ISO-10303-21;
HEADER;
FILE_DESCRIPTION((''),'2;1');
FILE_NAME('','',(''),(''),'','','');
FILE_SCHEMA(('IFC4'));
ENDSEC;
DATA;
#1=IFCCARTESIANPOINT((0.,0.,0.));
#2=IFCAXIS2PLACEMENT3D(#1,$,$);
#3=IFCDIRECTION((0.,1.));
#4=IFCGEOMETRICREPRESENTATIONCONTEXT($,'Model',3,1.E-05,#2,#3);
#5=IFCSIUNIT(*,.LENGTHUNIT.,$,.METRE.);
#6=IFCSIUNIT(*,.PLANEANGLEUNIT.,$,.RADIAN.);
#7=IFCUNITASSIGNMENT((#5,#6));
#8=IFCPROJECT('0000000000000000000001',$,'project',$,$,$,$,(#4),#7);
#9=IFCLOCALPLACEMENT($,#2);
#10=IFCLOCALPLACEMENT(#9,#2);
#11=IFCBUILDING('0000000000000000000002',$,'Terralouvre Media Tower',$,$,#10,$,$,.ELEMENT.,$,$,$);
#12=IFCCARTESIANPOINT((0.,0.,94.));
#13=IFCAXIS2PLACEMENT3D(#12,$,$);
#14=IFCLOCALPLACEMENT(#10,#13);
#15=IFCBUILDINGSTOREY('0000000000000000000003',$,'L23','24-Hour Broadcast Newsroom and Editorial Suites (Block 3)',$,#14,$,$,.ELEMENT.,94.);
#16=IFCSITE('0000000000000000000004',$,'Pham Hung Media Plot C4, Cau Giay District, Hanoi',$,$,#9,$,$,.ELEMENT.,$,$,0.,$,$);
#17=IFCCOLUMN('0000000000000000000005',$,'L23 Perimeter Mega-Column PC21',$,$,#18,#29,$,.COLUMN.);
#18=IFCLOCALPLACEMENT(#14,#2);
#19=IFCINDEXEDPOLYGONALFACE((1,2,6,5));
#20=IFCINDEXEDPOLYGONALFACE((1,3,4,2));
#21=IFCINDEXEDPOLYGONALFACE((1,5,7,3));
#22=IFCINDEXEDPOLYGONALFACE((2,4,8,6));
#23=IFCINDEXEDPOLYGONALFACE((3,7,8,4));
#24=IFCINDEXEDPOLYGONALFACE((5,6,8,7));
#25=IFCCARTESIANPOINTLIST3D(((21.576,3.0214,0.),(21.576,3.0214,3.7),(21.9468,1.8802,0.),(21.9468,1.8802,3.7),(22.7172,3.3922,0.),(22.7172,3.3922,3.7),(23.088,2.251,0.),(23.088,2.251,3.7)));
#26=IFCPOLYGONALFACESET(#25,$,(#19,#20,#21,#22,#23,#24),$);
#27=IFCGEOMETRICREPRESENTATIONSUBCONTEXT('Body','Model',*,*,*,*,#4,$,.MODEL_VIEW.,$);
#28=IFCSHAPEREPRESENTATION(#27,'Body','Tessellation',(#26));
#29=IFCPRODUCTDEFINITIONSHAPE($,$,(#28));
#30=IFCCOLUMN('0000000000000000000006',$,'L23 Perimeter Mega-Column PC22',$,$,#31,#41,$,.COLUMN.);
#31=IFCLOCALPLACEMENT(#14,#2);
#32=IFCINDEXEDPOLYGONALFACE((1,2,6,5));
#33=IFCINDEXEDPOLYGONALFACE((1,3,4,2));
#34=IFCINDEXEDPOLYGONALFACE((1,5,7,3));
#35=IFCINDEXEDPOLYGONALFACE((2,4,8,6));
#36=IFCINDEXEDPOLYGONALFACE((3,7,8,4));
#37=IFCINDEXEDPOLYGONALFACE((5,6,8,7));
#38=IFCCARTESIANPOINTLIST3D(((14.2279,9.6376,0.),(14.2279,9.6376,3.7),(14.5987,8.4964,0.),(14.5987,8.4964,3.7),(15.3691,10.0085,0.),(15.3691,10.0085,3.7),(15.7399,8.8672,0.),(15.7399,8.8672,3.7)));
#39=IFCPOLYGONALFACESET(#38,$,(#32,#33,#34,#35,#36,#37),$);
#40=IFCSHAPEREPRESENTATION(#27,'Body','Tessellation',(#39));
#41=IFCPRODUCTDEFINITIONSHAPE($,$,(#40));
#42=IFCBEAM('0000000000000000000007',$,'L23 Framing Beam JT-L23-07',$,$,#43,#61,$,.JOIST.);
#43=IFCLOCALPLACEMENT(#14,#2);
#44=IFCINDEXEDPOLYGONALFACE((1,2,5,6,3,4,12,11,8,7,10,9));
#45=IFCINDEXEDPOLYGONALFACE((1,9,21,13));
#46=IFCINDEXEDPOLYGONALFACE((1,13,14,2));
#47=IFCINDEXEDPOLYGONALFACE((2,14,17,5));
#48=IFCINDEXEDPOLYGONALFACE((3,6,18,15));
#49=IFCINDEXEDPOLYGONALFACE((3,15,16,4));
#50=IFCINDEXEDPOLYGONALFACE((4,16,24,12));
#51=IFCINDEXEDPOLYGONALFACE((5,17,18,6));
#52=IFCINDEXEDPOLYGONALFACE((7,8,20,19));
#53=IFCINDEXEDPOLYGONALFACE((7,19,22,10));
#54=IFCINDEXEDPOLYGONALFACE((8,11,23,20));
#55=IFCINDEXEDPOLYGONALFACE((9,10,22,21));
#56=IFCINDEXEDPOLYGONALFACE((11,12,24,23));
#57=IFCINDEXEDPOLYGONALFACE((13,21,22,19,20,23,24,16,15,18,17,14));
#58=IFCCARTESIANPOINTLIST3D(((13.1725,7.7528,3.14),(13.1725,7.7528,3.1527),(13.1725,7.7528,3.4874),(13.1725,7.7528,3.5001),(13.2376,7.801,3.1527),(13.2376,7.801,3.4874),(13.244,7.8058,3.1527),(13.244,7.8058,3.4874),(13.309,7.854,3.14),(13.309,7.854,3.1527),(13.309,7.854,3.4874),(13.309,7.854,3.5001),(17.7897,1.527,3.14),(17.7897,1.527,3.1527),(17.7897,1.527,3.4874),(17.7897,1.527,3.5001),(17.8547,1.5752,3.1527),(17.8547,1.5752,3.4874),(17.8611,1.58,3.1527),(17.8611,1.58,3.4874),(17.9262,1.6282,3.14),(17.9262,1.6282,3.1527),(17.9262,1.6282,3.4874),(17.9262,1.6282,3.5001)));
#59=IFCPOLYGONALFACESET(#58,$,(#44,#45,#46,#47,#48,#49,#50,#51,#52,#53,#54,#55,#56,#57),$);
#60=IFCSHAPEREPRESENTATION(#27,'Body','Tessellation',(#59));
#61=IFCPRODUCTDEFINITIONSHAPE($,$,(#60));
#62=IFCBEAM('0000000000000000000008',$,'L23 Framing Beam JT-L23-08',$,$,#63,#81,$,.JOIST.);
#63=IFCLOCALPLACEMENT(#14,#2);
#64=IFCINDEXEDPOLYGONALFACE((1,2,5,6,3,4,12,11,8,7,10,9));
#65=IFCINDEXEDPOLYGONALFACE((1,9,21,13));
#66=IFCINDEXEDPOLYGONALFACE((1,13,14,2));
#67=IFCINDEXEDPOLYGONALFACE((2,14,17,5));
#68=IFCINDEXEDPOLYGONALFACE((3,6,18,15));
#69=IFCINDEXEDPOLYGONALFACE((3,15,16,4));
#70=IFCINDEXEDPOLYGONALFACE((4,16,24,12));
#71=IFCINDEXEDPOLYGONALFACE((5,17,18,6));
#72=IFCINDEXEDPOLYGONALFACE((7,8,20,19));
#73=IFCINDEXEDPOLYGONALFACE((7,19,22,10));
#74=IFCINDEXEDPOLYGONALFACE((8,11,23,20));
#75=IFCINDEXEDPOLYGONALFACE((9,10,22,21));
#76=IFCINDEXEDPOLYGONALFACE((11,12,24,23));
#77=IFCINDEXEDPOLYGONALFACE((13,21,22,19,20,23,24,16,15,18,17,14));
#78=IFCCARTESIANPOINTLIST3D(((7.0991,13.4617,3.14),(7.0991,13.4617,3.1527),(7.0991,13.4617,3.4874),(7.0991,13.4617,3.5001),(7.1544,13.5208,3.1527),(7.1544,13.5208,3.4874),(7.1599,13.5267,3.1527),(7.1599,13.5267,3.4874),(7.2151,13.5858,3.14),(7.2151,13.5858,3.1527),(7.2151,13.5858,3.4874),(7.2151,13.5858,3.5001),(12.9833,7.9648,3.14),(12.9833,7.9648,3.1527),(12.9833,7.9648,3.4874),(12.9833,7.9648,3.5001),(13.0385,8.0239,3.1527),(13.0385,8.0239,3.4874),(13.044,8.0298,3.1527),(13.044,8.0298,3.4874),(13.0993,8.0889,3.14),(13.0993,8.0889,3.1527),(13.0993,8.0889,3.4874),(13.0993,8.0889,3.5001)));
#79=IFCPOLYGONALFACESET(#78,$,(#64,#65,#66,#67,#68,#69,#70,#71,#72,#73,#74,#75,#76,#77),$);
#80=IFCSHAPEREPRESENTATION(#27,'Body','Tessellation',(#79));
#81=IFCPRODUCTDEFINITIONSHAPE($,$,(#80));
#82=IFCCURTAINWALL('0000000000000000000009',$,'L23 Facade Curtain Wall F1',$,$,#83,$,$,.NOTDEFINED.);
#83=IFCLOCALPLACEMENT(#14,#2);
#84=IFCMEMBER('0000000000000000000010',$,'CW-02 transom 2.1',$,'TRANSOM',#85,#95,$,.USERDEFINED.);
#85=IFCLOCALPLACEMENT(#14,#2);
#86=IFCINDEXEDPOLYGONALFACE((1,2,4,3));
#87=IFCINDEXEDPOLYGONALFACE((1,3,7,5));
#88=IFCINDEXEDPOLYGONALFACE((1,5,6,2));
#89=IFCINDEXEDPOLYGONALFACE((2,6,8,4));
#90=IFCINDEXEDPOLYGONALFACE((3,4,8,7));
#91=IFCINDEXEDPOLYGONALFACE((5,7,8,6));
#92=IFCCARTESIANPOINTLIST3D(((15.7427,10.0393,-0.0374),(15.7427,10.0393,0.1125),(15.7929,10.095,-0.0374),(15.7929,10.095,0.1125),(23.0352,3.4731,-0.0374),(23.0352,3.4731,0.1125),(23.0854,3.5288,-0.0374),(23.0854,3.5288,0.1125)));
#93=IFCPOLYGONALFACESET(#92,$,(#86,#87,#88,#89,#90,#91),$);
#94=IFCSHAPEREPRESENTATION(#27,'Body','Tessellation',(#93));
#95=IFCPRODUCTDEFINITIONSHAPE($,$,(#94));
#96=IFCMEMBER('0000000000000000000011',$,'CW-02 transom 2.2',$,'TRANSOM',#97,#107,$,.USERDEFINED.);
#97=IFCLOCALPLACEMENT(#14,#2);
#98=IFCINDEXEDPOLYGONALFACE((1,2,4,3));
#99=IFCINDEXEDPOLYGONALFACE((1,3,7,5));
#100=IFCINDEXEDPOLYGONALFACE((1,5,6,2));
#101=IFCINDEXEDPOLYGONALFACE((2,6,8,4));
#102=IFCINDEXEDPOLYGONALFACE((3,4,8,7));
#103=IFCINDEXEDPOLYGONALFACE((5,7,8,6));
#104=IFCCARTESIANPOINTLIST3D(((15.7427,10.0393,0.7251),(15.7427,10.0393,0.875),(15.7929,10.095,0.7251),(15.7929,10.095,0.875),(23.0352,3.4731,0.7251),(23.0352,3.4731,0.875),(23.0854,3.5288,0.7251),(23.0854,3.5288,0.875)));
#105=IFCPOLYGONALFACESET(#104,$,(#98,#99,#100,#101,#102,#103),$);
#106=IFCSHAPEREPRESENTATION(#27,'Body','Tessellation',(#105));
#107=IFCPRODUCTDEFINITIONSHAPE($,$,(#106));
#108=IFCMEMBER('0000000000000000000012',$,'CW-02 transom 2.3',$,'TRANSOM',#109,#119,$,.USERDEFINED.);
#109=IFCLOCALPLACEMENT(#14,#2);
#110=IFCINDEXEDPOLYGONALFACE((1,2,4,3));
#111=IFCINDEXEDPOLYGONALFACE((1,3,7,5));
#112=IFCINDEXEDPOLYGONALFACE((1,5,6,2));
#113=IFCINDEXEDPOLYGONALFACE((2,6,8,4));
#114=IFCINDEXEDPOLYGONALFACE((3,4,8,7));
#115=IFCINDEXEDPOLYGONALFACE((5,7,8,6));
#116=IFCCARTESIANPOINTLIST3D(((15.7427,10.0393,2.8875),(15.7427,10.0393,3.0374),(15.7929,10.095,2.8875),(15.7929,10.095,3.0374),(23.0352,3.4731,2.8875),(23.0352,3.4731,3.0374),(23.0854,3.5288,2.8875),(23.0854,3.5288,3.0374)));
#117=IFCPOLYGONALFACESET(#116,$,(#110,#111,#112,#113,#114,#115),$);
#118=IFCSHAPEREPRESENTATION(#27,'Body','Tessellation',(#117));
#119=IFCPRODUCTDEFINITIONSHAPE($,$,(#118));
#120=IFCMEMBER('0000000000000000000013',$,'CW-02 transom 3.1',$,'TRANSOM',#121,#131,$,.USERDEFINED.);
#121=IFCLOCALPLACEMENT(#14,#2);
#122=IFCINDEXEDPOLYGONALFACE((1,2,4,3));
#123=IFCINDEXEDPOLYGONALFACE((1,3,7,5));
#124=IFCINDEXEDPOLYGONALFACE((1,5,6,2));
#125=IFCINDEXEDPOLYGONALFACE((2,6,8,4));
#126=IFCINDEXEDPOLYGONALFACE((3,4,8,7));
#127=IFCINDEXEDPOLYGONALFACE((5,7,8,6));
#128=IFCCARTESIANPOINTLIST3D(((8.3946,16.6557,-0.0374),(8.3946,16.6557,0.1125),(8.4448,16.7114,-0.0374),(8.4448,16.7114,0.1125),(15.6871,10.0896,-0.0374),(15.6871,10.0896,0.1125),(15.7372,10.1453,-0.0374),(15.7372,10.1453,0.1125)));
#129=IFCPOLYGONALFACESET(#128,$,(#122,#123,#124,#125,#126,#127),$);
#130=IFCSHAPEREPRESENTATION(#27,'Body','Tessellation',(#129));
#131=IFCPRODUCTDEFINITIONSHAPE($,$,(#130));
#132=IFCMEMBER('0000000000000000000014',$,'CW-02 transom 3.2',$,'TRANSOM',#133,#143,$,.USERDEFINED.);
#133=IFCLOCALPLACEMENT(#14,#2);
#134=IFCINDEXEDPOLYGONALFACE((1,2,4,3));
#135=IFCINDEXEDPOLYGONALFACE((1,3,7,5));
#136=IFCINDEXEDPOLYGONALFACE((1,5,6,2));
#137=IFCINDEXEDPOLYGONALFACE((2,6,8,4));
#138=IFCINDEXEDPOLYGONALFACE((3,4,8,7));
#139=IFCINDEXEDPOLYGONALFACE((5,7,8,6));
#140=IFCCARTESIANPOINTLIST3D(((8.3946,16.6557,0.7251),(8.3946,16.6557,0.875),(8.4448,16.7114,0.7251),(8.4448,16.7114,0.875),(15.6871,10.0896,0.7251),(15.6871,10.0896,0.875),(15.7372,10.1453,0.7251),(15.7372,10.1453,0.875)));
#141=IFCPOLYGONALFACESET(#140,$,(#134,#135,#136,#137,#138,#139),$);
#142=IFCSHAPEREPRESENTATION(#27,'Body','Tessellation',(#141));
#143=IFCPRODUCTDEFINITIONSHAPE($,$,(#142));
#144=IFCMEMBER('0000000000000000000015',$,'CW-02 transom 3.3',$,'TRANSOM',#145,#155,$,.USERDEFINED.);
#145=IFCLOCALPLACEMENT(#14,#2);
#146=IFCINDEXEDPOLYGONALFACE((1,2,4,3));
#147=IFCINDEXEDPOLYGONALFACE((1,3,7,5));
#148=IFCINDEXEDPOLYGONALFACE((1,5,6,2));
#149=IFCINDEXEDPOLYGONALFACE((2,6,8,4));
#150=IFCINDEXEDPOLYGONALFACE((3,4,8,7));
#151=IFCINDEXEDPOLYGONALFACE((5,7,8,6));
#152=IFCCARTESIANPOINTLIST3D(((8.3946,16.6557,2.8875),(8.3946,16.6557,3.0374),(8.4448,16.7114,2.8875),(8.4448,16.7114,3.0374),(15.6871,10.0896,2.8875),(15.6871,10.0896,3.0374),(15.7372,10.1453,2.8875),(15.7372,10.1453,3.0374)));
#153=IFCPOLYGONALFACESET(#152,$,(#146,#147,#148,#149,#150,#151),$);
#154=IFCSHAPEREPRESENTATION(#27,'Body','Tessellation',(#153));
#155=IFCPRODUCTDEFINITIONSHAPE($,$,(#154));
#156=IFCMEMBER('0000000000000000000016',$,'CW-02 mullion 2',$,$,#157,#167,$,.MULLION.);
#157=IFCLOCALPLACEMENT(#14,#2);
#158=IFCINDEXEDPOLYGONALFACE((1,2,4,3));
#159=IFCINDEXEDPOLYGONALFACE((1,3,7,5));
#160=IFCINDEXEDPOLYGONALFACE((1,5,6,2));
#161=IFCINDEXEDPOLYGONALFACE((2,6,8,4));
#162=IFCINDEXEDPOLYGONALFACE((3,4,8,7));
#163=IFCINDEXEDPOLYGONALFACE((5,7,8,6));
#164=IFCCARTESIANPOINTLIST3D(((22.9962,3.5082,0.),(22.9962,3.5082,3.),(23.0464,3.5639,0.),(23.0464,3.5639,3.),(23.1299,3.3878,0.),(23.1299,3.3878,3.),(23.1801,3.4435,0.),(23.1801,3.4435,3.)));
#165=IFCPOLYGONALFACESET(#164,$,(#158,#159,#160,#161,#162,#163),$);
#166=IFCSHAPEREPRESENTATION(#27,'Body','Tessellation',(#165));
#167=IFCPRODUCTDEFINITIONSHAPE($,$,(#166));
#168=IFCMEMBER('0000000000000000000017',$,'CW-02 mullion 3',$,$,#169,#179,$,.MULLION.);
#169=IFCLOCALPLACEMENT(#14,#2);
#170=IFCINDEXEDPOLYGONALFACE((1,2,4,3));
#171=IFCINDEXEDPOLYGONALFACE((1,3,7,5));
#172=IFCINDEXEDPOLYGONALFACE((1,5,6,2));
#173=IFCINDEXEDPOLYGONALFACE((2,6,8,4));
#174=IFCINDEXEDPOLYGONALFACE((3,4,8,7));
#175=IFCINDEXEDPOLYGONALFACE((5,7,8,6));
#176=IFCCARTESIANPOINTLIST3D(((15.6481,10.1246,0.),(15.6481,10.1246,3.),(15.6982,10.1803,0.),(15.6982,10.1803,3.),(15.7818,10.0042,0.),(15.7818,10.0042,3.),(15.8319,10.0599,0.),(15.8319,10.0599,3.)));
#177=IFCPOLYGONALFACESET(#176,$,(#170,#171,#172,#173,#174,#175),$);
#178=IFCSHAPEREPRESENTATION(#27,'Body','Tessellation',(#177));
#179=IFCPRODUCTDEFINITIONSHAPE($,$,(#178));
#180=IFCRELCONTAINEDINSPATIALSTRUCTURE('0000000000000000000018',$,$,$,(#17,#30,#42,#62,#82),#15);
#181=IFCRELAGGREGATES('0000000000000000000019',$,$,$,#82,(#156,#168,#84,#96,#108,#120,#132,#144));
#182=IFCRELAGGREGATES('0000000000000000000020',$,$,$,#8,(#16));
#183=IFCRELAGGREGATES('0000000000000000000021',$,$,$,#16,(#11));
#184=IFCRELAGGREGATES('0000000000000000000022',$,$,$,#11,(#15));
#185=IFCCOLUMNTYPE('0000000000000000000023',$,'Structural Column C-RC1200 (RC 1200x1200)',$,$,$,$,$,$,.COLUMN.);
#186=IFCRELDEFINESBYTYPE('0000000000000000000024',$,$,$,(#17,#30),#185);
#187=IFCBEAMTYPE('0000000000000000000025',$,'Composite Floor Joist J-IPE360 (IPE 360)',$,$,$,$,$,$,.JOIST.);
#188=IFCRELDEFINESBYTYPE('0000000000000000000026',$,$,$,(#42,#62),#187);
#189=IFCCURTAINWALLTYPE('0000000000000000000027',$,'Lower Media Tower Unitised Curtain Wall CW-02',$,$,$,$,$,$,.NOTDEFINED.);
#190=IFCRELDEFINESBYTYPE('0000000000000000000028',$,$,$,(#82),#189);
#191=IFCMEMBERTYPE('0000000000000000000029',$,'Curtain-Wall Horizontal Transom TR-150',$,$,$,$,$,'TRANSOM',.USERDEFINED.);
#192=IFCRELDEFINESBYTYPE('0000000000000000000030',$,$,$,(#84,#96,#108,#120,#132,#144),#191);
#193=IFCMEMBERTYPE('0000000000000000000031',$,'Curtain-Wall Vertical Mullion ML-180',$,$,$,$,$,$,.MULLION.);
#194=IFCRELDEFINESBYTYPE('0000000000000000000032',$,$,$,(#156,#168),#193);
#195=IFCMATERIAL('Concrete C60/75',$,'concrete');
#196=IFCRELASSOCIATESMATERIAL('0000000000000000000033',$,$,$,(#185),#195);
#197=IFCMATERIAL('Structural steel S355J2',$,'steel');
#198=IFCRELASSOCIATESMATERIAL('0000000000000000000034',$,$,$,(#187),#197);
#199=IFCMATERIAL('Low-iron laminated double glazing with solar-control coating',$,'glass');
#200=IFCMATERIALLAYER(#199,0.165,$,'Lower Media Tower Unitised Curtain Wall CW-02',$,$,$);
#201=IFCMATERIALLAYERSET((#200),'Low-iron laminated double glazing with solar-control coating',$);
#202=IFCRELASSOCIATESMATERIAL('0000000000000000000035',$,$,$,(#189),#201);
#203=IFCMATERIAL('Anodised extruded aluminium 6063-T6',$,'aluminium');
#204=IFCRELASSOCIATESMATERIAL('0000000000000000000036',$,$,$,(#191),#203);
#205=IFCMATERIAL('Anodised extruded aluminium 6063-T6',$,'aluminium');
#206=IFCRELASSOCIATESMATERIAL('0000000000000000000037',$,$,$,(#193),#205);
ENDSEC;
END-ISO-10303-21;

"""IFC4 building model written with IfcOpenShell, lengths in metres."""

from ifc_helpers import new_model, si_unit, direction, frame, origin, origin_2d, place, context, subcontext, project, spatial, rectangle, i_section, extrude, material, layer, layer_set, material_profile, profile_set, type_object, element, aggregate, save


model = new_model("IFC4")

# Units and contexts
model_context = context("Model", 3, precision=1e-05, world=origin(), true_north=direction((0.0, 1.0)))
body_context = subcontext(model_context, "Body", "Model", "MODEL_VIEW")
ifc_project = project(units=[si_unit("LENGTHUNIT", "METRE"), si_unit("PLANEANGLEUNIT", "RADIAN")], contexts=[model_context])

# Site, building, storey
site_placement = place(None, origin())
site = spatial("IfcSite", under=ifc_project, at=site_placement, Name="Pham Hung Media Plot C4, Cau Giay District, Hanoi", CompositionType="ELEMENT", RefElevation=0.0)
building_placement = place(site_placement, origin())
building = spatial("IfcBuilding", under=site, at=building_placement, Name="Terralouvre Media Tower", CompositionType="ELEMENT")
storey_placement = place(building_placement, frame((0.0, 0.0, 94.0)))
storey = spatial("IfcBuildingStorey", under=building, at=storey_placement, Name="L23", Description="24-Hour Broadcast Newsroom and Editorial Suites (Block 3)", CompositionType="ELEMENT", Elevation=94.0)

# Columns
ifc_material_1 = material(Name="Concrete C60/75", Category="concrete")
ifc_material_profile_1 = material_profile(ifc_material_1, rectangle(XDim=1.2, YDim=1.2, at=origin_2d()), Name="RC 1200x1200")
ifc_profile_set_1 = profile_set([ifc_material_profile_1], Name="Concrete C60/75")
column_type = type_object("IfcColumnType", Name="Structural Column C-RC1200 (RC 1200x1200)", PredefinedType="COLUMN", material=ifc_profile_set_1)
for number, where, z_axis, x_axis, name in (
    (1, (22.332, 2.6362, 0.0), (0.0, 0.0, 1.0), (0.951057, 0.309017, 0.0), "L23 Perimeter Mega-Column PC21"),
    (2, (14.9839, 9.2524, 0.0), (0.0, 0.0, 1.0), (0.951057, 0.309017, 0.0), "L23 Perimeter Mega-Column PC22"),
):
    element("IfcColumn", number, at=place(storey_placement, frame(where, z_axis=z_axis, x_axis=x_axis)), inside=storey, type_object=column_type, Name=name, PredefinedType="COLUMN", context=body_context, shape_type="SweptSolid", body=[
        extrude(rectangle(XDim=1.2, YDim=1.2, at=origin_2d()), origin(), (0.0, 0.0, 1.0), 3.7),
    ])

# Beams
ifc_material_2 = material(Name="Structural steel S355J2", Category="steel")
ifc_material_profile_2 = material_profile(ifc_material_2, i_section(OverallWidth=0.1699, OverallDepth=0.3601, WebThickness=0.0081, FlangeThickness=0.0127, at=origin_2d()), Name="IPE 360")
ifc_profile_set_2 = profile_set([ifc_material_profile_2], Name="Structural steel S355J2")
beam_type_1 = type_object("IfcBeamType", Name="Composite Floor Joist J-IPE360 (IPE 360)", PredefinedType="JOIST", material=ifc_profile_set_2)
beam_1_placement = place(storey_placement, frame((17.8579, 1.5776, 3.3201), z_axis=(-0.595682, 0.80322, 0.0), x_axis=(-0.80322, -0.595682, 0.0)))
element("IfcBeam", 3, at=beam_1_placement, inside=storey, type_object=beam_type_1, Name="L23 Framing Beam JT-L23-07", PredefinedType="JOIST", context=body_context, shape_type="SweptSolid", body=[
    extrude(i_section(OverallWidth=0.1699, OverallDepth=0.3601, WebThickness=0.0081, FlangeThickness=0.0127, at=origin_2d()), origin(), (0.0, 0.0, 1.0), 7.751),
])
beam_2_placement = place(storey_placement, frame((13.0413, 8.0269, 3.3201), z_axis=(-0.730742, 0.682654, 0.0), x_axis=(-0.682654, -0.730742, 0.0)))
element("IfcBeam", 4, at=beam_2_placement, inside=storey, type_object=beam_type_1, Name="L23 Framing Beam JT-L23-08", PredefinedType="JOIST", context=body_context, shape_type="SweptSolid", body=[
    extrude(i_section(OverallWidth=0.1699, OverallDepth=0.3601, WebThickness=0.0081, FlangeThickness=0.0127, at=origin_2d()), origin(), (0.0, 0.0, 1.0), 8.0522),
])

# Curtain wall, members
ifc_material_3 = material(Name="Low-iron laminated double glazing with solar-control coating", Category="glass")
ifc_layer_1 = layer(ifc_material_3, 0.165, Name="Lower Media Tower Unitised Curtain Wall CW-02")
ifc_layer_set_1 = layer_set([ifc_layer_1], Name="Low-iron laminated double glazing with solar-control coating")
curtain_wall_type = type_object("IfcCurtainWallType", Name="Lower Media Tower Unitised Curtain Wall CW-02", PredefinedType="NOTDEFINED", material=ifc_layer_set_1)
curtain_wall_placement = place(storey_placement, origin())
curtain_wall = element("IfcCurtainWall", 5, at=curtain_wall_placement, inside=storey, type_object=curtain_wall_type, Name="L23 Facade Curtain Wall F1", PredefinedType="NOTDEFINED")
ifc_material_4 = material(Name="Anodised extruded aluminium 6063-T6", Category="aluminium")
ifc_material_profile_3 = material_profile(ifc_material_4, rectangle(XDim=0.075, YDim=0.1499, at=origin_2d()), Name="ALU 75x150")
ifc_profile_set_3 = profile_set([ifc_material_profile_3], Name="Anodised extruded aluminium 6063-T6")
member_type_1 = type_object("IfcMemberType", Name="Curtain-Wall Horizontal Transom TR-150", ElementType="TRANSOM", PredefinedType="USERDEFINED", material=ifc_profile_set_3)
member_1_placement = place(storey_placement, frame((23.0603, 3.501, 0.0376), z_axis=(-0.743146, 0.66913, 0.0), x_axis=(-0.66913, -0.743146, 0.0)))
member_1 = element("IfcMember", 6, at=member_1_placement, type_object=member_type_1, Name="CW-02 transom 2.1", ObjectType="TRANSOM", PredefinedType="USERDEFINED", context=body_context, shape_type="SweptSolid", body=[
    extrude(rectangle(XDim=0.075, YDim=0.1499, at=origin_2d()), origin(), (0.0, 0.0, 1.0), 9.813),
])
member_2_placement = place(storey_placement, frame((23.0603, 3.501, 0.8), z_axis=(-0.743146, 0.66913, 0.0), x_axis=(-0.66913, -0.743146, 0.0)))
member_2 = element("IfcMember", 7, at=member_2_placement, type_object=member_type_1, Name="CW-02 transom 2.2", ObjectType="TRANSOM", PredefinedType="USERDEFINED", context=body_context, shape_type="SweptSolid", body=[
    extrude(rectangle(XDim=0.075, YDim=0.1499, at=origin_2d()), origin(), (0.0, 0.0, 1.0), 9.813),
])
member_3_placement = place(storey_placement, frame((23.0603, 3.501, 2.9624), z_axis=(-0.743146, 0.66913, 0.0), x_axis=(-0.66913, -0.743146, 0.0)))
member_3 = element("IfcMember", 8, at=member_3_placement, type_object=member_type_1, Name="CW-02 transom 2.3", ObjectType="TRANSOM", PredefinedType="USERDEFINED", context=body_context, shape_type="SweptSolid", body=[
    extrude(rectangle(XDim=0.075, YDim=0.1499, at=origin_2d()), origin(), (0.0, 0.0, 1.0), 9.813),
])
member_4_placement = place(storey_placement, frame((15.7122, 10.1174, 0.0376), z_axis=(-0.743146, 0.66913, 0.0), x_axis=(-0.66913, -0.743146, 0.0)))
member_4 = element("IfcMember", 9, at=member_4_placement, type_object=member_type_1, Name="CW-02 transom 3.1", ObjectType="TRANSOM", PredefinedType="USERDEFINED", context=body_context, shape_type="SweptSolid", body=[
    extrude(rectangle(XDim=0.075, YDim=0.1499, at=origin_2d()), origin(), (0.0, 0.0, 1.0), 9.813),
])
member_5_placement = place(storey_placement, frame((15.7122, 10.1174, 0.8), z_axis=(-0.743146, 0.66913, 0.0), x_axis=(-0.66913, -0.743146, 0.0)))
member_5 = element("IfcMember", 10, at=member_5_placement, type_object=member_type_1, Name="CW-02 transom 3.2", ObjectType="TRANSOM", PredefinedType="USERDEFINED", context=body_context, shape_type="SweptSolid", body=[
    extrude(rectangle(XDim=0.075, YDim=0.1499, at=origin_2d()), origin(), (0.0, 0.0, 1.0), 9.813),
])
member_6_placement = place(storey_placement, frame((15.7122, 10.1174, 2.9624), z_axis=(-0.743146, 0.66913, 0.0), x_axis=(-0.66913, -0.743146, 0.0)))
member_6 = element("IfcMember", 11, at=member_6_placement, type_object=member_type_1, Name="CW-02 transom 3.3", ObjectType="TRANSOM", PredefinedType="USERDEFINED", context=body_context, shape_type="SweptSolid", body=[
    extrude(rectangle(XDim=0.075, YDim=0.1499, at=origin_2d()), origin(), (0.0, 0.0, 1.0), 9.813),
])
ifc_material_5 = material(Name="Anodised extruded aluminium 6063-T6", Category="aluminium")
ifc_material_profile_4 = material_profile(ifc_material_5, rectangle(XDim=0.075, YDim=0.1799, at=origin_2d()), Name="ALU 75x180")
ifc_profile_set_4 = profile_set([ifc_material_profile_4], Name="Anodised extruded aluminium 6063-T6")
member_type_2 = type_object("IfcMemberType", Name="Curtain-Wall Vertical Mullion ML-180", PredefinedType="MULLION", material=ifc_profile_set_4)
member_7_placement = place(storey_placement, frame((23.0881, 3.4758, 0.0), z_axis=(0.0, 0.0, 1.0), x_axis=(-0.669131, -0.743145, 0.0)))
member_7 = element("IfcMember", 12, at=member_7_placement, type_object=member_type_2, Name="CW-02 mullion 2", PredefinedType="MULLION", context=body_context, shape_type="SweptSolid", body=[
    extrude(rectangle(XDim=0.075, YDim=0.1799, at=origin_2d()), origin(), (0.0, 0.0, 1.0), 3.0),
])
member_8_placement = place(storey_placement, frame((15.74, 10.0923, 0.0), z_axis=(0.0, 0.0, 1.0), x_axis=(-0.669131, -0.743145, 0.0)))
member_8 = element("IfcMember", 13, at=member_8_placement, type_object=member_type_2, Name="CW-02 mullion 3", PredefinedType="MULLION", context=body_context, shape_type="SweptSolid", body=[
    extrude(rectangle(XDim=0.075, YDim=0.1799, at=origin_2d()), origin(), (0.0, 0.0, 1.0), 3.0),
])

aggregate(curtain_wall, [member_7, member_8, member_1, member_2, member_3, member_4, member_5, member_6])

save(model, "model.ifc")
